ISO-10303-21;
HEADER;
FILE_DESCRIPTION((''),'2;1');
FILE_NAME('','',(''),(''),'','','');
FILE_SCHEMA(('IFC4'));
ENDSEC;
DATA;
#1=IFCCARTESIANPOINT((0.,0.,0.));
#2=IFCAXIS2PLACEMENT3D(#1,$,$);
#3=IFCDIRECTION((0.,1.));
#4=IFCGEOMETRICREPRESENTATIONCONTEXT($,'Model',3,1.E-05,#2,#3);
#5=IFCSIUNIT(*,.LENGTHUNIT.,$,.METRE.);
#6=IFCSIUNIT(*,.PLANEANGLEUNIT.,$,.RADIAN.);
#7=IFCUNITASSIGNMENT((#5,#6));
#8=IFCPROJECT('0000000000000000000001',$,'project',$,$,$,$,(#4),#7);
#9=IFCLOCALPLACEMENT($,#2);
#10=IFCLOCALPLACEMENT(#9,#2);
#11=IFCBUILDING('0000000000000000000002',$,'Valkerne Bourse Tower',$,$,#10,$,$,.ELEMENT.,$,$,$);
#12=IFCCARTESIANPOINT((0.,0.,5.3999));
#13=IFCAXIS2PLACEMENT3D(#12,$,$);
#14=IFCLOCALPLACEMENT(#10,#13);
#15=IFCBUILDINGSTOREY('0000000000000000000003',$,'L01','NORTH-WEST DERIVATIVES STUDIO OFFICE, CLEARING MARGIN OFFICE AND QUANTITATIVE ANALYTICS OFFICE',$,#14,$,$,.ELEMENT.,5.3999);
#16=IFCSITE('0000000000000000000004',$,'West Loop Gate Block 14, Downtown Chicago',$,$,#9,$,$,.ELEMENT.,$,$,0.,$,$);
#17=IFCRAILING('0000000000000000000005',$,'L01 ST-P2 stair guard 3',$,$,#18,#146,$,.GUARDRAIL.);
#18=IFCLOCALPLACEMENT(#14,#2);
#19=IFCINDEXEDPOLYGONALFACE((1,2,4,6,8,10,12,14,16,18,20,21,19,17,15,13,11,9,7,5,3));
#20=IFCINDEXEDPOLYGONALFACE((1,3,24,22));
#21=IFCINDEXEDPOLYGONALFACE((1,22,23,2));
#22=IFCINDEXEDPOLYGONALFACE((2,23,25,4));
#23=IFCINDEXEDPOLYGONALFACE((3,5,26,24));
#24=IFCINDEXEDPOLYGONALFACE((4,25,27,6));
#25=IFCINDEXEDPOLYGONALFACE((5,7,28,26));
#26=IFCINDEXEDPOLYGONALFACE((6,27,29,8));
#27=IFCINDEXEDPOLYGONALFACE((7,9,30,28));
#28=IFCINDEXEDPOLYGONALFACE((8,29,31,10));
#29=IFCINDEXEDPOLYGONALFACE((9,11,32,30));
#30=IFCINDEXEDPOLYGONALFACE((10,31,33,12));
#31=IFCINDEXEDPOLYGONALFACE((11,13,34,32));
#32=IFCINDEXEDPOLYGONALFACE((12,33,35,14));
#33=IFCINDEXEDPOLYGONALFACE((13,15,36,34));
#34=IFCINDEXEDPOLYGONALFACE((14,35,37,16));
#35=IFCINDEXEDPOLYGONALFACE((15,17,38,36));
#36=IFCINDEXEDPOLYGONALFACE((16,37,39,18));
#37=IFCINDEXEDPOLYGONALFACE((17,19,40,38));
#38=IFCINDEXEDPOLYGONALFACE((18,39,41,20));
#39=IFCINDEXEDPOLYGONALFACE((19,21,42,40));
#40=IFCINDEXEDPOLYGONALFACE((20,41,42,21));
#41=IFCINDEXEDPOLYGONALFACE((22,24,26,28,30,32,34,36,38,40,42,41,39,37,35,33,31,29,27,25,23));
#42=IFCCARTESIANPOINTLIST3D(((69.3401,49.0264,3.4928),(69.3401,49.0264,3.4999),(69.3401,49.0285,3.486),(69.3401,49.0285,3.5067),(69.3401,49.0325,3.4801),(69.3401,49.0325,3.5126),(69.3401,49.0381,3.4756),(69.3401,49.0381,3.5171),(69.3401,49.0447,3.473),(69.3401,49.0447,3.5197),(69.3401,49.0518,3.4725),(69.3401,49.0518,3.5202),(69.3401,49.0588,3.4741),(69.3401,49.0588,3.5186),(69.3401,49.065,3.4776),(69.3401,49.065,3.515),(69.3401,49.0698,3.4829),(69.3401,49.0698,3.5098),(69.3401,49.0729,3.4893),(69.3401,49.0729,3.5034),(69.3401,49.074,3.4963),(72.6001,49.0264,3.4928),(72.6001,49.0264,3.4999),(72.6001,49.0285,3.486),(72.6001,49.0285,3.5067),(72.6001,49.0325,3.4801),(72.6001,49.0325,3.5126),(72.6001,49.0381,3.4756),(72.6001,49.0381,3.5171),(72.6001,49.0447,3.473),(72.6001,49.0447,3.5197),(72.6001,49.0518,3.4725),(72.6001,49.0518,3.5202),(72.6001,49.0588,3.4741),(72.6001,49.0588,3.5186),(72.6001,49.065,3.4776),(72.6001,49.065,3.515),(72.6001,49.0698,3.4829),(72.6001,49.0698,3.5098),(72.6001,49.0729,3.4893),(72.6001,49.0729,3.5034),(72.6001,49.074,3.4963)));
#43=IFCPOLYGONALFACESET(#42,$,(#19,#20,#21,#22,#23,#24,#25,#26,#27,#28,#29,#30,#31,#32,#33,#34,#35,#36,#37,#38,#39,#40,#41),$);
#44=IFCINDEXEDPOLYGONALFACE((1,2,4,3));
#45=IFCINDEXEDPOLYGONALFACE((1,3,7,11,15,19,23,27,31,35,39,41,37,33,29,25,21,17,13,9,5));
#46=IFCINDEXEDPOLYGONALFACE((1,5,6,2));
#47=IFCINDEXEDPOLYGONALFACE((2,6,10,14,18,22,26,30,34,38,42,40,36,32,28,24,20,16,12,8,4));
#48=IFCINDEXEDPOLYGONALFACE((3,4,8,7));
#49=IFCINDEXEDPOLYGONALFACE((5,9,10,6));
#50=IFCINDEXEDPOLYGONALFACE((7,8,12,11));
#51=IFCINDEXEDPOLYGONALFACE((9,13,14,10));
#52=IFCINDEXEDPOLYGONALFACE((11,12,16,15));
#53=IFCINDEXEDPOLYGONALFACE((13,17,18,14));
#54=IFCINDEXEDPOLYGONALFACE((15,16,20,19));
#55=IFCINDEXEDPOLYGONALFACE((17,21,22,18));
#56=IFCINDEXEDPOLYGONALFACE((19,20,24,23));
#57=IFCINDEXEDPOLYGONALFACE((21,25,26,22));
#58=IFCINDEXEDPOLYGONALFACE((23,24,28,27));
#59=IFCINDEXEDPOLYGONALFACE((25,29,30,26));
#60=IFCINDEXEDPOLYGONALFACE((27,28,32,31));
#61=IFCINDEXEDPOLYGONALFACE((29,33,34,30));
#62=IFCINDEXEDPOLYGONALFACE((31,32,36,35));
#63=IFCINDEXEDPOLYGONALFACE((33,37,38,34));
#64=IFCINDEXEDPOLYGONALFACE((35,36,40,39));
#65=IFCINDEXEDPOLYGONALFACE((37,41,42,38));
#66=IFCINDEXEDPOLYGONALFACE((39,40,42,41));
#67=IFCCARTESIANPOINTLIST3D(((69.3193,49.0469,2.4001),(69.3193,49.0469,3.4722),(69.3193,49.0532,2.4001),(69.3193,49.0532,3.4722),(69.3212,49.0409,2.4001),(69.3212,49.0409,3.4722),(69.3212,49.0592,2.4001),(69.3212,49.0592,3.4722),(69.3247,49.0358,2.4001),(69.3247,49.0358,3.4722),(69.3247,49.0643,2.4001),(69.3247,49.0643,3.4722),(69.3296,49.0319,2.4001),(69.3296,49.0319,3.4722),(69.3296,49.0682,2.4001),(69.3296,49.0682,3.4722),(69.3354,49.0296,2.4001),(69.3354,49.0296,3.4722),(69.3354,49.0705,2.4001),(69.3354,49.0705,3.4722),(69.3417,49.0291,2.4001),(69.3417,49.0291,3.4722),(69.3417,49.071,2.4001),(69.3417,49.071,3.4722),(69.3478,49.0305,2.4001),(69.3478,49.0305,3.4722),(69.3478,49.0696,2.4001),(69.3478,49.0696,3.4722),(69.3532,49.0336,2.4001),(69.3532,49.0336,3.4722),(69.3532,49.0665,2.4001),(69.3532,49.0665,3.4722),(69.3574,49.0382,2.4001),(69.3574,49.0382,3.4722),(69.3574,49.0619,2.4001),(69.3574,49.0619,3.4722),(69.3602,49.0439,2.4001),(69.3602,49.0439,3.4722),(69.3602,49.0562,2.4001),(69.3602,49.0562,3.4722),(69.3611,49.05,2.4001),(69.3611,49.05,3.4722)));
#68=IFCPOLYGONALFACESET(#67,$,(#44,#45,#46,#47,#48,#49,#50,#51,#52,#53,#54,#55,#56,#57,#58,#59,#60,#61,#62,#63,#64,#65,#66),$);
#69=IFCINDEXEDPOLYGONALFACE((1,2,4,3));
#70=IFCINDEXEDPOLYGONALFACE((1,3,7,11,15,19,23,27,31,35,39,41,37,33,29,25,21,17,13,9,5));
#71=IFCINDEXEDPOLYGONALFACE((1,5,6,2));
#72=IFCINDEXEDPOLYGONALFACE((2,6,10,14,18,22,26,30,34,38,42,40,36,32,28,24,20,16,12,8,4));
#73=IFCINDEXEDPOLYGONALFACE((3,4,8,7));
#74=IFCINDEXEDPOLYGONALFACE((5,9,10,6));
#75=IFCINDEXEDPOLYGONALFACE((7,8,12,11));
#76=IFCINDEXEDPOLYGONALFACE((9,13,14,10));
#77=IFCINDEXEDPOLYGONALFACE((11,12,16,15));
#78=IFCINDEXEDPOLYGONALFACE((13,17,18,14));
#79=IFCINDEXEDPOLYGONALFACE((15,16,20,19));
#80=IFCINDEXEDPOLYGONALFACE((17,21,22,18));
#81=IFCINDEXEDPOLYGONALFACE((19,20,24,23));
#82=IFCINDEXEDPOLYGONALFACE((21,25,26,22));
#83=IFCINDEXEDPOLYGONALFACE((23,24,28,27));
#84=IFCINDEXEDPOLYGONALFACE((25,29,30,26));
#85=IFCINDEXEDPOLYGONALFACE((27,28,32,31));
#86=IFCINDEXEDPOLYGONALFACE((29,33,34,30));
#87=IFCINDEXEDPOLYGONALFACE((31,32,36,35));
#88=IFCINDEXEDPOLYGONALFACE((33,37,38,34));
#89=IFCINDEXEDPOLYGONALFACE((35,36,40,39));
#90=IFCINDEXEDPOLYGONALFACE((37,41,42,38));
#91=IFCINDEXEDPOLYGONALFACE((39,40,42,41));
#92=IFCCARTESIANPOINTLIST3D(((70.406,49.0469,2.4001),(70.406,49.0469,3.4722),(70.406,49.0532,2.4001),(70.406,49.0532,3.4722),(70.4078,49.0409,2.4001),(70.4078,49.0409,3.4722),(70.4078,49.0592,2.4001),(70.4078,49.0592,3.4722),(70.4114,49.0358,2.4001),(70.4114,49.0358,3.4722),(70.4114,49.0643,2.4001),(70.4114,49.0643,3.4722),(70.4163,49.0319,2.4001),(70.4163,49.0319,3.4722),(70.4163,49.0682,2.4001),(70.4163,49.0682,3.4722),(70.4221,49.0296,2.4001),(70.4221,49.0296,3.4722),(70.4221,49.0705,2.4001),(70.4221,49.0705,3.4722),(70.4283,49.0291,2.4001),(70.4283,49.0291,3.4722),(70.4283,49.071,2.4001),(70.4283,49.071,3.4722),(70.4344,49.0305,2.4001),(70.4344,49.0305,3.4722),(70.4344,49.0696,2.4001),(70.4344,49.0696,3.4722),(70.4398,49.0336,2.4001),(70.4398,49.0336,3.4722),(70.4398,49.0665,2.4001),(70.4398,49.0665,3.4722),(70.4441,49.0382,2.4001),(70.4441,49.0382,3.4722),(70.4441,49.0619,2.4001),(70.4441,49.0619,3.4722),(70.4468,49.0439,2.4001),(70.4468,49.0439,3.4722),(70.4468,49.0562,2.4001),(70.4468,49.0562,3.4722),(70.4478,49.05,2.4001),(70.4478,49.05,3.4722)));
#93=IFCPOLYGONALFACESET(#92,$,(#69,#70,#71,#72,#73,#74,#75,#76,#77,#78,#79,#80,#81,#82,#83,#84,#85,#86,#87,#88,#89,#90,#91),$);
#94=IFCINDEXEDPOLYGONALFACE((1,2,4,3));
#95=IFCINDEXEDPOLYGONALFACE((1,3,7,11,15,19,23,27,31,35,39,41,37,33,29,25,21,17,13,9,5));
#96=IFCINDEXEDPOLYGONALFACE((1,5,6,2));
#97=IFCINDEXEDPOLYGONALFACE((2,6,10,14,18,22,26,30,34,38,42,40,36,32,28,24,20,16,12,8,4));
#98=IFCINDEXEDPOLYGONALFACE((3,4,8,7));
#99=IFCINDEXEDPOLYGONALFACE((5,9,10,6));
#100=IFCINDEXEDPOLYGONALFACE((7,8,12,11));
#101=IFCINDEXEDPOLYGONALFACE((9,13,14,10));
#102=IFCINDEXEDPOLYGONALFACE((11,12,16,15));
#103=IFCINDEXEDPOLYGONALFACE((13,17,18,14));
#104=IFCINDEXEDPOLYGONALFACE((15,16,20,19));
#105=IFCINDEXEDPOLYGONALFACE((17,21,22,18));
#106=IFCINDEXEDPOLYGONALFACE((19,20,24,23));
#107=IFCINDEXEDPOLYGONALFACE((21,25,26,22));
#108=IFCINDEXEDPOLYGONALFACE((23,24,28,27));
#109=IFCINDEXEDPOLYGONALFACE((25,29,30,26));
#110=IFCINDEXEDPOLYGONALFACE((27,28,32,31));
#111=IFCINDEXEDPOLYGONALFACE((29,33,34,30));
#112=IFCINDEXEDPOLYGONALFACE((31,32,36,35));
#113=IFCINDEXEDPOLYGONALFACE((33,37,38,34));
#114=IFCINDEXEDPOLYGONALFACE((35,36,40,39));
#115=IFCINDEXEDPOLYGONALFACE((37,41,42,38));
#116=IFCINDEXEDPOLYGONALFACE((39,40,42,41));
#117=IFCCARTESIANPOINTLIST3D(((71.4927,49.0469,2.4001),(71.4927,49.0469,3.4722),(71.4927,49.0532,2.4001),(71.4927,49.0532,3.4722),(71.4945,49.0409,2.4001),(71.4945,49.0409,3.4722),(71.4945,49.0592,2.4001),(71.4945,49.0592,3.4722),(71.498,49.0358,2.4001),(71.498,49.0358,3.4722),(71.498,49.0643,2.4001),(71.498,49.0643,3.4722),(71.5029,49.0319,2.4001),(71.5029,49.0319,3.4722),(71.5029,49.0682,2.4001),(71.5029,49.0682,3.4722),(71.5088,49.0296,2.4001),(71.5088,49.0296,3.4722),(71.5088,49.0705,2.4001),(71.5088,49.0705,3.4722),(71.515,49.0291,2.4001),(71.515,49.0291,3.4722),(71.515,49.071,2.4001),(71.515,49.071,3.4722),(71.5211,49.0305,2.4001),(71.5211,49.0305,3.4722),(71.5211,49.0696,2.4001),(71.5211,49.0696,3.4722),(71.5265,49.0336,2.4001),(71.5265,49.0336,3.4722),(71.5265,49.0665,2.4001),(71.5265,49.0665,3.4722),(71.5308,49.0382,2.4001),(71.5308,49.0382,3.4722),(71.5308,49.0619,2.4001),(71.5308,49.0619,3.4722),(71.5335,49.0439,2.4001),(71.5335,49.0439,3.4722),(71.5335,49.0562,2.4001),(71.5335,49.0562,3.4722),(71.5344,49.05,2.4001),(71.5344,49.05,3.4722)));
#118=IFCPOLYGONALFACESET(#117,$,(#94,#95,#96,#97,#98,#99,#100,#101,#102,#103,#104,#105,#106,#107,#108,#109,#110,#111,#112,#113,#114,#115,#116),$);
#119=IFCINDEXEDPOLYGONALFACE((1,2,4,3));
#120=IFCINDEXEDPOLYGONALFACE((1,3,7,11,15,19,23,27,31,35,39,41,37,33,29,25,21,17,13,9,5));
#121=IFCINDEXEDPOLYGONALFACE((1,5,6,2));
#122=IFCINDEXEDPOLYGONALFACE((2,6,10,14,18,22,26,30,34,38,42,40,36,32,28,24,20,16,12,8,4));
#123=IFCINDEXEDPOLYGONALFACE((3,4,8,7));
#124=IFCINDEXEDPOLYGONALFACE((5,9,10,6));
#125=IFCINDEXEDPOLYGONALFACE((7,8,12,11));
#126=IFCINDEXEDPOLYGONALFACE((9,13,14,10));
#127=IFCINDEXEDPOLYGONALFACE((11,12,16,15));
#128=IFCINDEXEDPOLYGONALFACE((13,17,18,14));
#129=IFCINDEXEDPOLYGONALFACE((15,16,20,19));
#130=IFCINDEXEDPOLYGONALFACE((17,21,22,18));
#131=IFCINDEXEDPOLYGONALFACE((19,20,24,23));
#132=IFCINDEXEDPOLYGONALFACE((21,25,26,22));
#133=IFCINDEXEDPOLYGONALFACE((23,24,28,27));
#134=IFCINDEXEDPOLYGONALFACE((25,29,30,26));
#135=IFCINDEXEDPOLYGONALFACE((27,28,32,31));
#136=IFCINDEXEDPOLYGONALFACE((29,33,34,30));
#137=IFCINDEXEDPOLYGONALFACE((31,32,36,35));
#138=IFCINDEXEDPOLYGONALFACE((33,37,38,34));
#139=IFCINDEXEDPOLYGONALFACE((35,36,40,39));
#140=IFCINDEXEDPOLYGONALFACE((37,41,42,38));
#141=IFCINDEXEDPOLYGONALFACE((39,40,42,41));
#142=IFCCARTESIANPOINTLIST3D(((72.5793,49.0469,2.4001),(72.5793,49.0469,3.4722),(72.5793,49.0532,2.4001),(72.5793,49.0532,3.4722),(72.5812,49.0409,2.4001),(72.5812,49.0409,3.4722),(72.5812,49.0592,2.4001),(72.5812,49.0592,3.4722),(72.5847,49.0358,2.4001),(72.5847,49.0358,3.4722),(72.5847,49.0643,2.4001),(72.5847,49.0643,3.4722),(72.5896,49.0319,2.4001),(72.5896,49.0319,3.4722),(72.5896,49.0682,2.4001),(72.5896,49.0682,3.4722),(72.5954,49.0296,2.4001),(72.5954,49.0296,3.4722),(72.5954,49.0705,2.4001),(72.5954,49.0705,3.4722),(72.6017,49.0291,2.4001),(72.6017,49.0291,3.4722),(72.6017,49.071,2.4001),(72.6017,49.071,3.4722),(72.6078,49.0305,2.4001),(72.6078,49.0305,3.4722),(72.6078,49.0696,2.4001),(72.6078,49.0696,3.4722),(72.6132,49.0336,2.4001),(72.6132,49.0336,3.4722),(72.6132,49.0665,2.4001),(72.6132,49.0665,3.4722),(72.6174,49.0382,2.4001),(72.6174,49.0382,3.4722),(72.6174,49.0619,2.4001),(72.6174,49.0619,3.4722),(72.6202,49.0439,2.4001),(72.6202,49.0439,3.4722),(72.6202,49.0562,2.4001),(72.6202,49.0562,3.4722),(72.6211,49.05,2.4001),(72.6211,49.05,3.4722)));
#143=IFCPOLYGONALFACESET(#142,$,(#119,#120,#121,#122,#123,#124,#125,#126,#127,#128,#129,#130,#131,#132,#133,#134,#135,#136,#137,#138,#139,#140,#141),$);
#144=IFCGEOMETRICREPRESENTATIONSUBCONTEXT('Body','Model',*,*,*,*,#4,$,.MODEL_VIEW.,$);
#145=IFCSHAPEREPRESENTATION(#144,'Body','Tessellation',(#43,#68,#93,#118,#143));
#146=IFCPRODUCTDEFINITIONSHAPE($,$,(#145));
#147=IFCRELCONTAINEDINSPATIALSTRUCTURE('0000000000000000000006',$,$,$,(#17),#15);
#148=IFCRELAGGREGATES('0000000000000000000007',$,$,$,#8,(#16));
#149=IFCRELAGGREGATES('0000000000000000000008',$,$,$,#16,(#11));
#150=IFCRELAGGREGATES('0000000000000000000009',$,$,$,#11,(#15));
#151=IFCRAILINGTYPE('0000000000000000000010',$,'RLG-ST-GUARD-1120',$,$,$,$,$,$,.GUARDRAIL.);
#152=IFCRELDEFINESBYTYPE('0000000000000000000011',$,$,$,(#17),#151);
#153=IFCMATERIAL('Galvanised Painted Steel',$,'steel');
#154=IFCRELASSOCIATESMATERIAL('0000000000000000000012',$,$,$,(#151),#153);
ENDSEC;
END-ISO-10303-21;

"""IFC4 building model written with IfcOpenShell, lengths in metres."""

from ifc_helpers import new_model, si_unit, direction, frame, origin, origin_2d, place, context, subcontext, project, spatial, circle, extrude, material, type_object, element, save


model = new_model("IFC4")

# Units and contexts
model_context = context("Model", 3, precision=1e-05, world=origin(), true_north=direction((0.0, 1.0)))
body_context = subcontext(model_context, "Body", "Model", "MODEL_VIEW")
ifc_project = project(units=[si_unit("LENGTHUNIT", "METRE"), si_unit("PLANEANGLEUNIT", "RADIAN")], contexts=[model_context])

# Site, building, storey
site_placement = place(None, origin())
site = spatial("IfcSite", under=ifc_project, at=site_placement, Name="West Loop Gate Block 14, Downtown Chicago", CompositionType="ELEMENT", RefElevation=0.0)
building_placement = place(site_placement, origin())
building = spatial("IfcBuilding", under=site, at=building_placement, Name="Valkerne Bourse Tower", CompositionType="ELEMENT")
storey_placement = place(building_placement, frame((0.0, 0.0, 5.3999)))
storey = spatial("IfcBuildingStorey", under=building, at=storey_placement, Name="L01", Description="NORTH-WEST DERIVATIVES STUDIO OFFICE, CLEARING MARGIN OFFICE AND QUANTITATIVE ANALYTICS OFFICE", CompositionType="ELEMENT", Elevation=5.3999)

# Railing
ifc_material_1 = material(Name="Galvanised Painted Steel", Category="steel")
railing_type_1 = type_object("IfcRailingType", Name="RLG-ST-GUARD-1120", PredefinedType="GUARDRAIL", material=ifc_material_1)
for number, where, name in (
    (1, (69.3401, 49.05, 2.4001), "L01 ST-P2 stair guard 3"),
):
    element("IfcRailing", number, at=place(storey_placement, frame(where)), inside=storey, type_object=railing_type_1, Name=name, PredefinedType="GUARDRAIL", context=body_context, shape_type="SweptSolid", body=[
        extrude(circle(Radius=0.0239, at=origin_2d()), frame((0.0, 0.0, 1.0962), z_axis=(1.0, 0.0, 0.0), x_axis=(0.0, 1.0, 0.0)), (0.0, 0.0, 1.0), 3.26),
        extrude(circle(Radius=0.021, at=origin_2d()), origin(), (0.0, 0.0, 1.0), 1.072),
        extrude(circle(Radius=0.021, at=origin_2d()), frame((1.0867, 0.0, 0.0)), (0.0, 0.0, 1.0), 1.072),
        extrude(circle(Radius=0.021, at=origin_2d()), frame((2.1733, 0.0, 0.0)), (0.0, 0.0, 1.0), 1.072),
        extrude(circle(Radius=0.021, at=origin_2d()), frame((3.26, 0.0, 0.0)), (0.0, 0.0, 1.0), 1.072),
    ])

save(model, "model.ifc")
